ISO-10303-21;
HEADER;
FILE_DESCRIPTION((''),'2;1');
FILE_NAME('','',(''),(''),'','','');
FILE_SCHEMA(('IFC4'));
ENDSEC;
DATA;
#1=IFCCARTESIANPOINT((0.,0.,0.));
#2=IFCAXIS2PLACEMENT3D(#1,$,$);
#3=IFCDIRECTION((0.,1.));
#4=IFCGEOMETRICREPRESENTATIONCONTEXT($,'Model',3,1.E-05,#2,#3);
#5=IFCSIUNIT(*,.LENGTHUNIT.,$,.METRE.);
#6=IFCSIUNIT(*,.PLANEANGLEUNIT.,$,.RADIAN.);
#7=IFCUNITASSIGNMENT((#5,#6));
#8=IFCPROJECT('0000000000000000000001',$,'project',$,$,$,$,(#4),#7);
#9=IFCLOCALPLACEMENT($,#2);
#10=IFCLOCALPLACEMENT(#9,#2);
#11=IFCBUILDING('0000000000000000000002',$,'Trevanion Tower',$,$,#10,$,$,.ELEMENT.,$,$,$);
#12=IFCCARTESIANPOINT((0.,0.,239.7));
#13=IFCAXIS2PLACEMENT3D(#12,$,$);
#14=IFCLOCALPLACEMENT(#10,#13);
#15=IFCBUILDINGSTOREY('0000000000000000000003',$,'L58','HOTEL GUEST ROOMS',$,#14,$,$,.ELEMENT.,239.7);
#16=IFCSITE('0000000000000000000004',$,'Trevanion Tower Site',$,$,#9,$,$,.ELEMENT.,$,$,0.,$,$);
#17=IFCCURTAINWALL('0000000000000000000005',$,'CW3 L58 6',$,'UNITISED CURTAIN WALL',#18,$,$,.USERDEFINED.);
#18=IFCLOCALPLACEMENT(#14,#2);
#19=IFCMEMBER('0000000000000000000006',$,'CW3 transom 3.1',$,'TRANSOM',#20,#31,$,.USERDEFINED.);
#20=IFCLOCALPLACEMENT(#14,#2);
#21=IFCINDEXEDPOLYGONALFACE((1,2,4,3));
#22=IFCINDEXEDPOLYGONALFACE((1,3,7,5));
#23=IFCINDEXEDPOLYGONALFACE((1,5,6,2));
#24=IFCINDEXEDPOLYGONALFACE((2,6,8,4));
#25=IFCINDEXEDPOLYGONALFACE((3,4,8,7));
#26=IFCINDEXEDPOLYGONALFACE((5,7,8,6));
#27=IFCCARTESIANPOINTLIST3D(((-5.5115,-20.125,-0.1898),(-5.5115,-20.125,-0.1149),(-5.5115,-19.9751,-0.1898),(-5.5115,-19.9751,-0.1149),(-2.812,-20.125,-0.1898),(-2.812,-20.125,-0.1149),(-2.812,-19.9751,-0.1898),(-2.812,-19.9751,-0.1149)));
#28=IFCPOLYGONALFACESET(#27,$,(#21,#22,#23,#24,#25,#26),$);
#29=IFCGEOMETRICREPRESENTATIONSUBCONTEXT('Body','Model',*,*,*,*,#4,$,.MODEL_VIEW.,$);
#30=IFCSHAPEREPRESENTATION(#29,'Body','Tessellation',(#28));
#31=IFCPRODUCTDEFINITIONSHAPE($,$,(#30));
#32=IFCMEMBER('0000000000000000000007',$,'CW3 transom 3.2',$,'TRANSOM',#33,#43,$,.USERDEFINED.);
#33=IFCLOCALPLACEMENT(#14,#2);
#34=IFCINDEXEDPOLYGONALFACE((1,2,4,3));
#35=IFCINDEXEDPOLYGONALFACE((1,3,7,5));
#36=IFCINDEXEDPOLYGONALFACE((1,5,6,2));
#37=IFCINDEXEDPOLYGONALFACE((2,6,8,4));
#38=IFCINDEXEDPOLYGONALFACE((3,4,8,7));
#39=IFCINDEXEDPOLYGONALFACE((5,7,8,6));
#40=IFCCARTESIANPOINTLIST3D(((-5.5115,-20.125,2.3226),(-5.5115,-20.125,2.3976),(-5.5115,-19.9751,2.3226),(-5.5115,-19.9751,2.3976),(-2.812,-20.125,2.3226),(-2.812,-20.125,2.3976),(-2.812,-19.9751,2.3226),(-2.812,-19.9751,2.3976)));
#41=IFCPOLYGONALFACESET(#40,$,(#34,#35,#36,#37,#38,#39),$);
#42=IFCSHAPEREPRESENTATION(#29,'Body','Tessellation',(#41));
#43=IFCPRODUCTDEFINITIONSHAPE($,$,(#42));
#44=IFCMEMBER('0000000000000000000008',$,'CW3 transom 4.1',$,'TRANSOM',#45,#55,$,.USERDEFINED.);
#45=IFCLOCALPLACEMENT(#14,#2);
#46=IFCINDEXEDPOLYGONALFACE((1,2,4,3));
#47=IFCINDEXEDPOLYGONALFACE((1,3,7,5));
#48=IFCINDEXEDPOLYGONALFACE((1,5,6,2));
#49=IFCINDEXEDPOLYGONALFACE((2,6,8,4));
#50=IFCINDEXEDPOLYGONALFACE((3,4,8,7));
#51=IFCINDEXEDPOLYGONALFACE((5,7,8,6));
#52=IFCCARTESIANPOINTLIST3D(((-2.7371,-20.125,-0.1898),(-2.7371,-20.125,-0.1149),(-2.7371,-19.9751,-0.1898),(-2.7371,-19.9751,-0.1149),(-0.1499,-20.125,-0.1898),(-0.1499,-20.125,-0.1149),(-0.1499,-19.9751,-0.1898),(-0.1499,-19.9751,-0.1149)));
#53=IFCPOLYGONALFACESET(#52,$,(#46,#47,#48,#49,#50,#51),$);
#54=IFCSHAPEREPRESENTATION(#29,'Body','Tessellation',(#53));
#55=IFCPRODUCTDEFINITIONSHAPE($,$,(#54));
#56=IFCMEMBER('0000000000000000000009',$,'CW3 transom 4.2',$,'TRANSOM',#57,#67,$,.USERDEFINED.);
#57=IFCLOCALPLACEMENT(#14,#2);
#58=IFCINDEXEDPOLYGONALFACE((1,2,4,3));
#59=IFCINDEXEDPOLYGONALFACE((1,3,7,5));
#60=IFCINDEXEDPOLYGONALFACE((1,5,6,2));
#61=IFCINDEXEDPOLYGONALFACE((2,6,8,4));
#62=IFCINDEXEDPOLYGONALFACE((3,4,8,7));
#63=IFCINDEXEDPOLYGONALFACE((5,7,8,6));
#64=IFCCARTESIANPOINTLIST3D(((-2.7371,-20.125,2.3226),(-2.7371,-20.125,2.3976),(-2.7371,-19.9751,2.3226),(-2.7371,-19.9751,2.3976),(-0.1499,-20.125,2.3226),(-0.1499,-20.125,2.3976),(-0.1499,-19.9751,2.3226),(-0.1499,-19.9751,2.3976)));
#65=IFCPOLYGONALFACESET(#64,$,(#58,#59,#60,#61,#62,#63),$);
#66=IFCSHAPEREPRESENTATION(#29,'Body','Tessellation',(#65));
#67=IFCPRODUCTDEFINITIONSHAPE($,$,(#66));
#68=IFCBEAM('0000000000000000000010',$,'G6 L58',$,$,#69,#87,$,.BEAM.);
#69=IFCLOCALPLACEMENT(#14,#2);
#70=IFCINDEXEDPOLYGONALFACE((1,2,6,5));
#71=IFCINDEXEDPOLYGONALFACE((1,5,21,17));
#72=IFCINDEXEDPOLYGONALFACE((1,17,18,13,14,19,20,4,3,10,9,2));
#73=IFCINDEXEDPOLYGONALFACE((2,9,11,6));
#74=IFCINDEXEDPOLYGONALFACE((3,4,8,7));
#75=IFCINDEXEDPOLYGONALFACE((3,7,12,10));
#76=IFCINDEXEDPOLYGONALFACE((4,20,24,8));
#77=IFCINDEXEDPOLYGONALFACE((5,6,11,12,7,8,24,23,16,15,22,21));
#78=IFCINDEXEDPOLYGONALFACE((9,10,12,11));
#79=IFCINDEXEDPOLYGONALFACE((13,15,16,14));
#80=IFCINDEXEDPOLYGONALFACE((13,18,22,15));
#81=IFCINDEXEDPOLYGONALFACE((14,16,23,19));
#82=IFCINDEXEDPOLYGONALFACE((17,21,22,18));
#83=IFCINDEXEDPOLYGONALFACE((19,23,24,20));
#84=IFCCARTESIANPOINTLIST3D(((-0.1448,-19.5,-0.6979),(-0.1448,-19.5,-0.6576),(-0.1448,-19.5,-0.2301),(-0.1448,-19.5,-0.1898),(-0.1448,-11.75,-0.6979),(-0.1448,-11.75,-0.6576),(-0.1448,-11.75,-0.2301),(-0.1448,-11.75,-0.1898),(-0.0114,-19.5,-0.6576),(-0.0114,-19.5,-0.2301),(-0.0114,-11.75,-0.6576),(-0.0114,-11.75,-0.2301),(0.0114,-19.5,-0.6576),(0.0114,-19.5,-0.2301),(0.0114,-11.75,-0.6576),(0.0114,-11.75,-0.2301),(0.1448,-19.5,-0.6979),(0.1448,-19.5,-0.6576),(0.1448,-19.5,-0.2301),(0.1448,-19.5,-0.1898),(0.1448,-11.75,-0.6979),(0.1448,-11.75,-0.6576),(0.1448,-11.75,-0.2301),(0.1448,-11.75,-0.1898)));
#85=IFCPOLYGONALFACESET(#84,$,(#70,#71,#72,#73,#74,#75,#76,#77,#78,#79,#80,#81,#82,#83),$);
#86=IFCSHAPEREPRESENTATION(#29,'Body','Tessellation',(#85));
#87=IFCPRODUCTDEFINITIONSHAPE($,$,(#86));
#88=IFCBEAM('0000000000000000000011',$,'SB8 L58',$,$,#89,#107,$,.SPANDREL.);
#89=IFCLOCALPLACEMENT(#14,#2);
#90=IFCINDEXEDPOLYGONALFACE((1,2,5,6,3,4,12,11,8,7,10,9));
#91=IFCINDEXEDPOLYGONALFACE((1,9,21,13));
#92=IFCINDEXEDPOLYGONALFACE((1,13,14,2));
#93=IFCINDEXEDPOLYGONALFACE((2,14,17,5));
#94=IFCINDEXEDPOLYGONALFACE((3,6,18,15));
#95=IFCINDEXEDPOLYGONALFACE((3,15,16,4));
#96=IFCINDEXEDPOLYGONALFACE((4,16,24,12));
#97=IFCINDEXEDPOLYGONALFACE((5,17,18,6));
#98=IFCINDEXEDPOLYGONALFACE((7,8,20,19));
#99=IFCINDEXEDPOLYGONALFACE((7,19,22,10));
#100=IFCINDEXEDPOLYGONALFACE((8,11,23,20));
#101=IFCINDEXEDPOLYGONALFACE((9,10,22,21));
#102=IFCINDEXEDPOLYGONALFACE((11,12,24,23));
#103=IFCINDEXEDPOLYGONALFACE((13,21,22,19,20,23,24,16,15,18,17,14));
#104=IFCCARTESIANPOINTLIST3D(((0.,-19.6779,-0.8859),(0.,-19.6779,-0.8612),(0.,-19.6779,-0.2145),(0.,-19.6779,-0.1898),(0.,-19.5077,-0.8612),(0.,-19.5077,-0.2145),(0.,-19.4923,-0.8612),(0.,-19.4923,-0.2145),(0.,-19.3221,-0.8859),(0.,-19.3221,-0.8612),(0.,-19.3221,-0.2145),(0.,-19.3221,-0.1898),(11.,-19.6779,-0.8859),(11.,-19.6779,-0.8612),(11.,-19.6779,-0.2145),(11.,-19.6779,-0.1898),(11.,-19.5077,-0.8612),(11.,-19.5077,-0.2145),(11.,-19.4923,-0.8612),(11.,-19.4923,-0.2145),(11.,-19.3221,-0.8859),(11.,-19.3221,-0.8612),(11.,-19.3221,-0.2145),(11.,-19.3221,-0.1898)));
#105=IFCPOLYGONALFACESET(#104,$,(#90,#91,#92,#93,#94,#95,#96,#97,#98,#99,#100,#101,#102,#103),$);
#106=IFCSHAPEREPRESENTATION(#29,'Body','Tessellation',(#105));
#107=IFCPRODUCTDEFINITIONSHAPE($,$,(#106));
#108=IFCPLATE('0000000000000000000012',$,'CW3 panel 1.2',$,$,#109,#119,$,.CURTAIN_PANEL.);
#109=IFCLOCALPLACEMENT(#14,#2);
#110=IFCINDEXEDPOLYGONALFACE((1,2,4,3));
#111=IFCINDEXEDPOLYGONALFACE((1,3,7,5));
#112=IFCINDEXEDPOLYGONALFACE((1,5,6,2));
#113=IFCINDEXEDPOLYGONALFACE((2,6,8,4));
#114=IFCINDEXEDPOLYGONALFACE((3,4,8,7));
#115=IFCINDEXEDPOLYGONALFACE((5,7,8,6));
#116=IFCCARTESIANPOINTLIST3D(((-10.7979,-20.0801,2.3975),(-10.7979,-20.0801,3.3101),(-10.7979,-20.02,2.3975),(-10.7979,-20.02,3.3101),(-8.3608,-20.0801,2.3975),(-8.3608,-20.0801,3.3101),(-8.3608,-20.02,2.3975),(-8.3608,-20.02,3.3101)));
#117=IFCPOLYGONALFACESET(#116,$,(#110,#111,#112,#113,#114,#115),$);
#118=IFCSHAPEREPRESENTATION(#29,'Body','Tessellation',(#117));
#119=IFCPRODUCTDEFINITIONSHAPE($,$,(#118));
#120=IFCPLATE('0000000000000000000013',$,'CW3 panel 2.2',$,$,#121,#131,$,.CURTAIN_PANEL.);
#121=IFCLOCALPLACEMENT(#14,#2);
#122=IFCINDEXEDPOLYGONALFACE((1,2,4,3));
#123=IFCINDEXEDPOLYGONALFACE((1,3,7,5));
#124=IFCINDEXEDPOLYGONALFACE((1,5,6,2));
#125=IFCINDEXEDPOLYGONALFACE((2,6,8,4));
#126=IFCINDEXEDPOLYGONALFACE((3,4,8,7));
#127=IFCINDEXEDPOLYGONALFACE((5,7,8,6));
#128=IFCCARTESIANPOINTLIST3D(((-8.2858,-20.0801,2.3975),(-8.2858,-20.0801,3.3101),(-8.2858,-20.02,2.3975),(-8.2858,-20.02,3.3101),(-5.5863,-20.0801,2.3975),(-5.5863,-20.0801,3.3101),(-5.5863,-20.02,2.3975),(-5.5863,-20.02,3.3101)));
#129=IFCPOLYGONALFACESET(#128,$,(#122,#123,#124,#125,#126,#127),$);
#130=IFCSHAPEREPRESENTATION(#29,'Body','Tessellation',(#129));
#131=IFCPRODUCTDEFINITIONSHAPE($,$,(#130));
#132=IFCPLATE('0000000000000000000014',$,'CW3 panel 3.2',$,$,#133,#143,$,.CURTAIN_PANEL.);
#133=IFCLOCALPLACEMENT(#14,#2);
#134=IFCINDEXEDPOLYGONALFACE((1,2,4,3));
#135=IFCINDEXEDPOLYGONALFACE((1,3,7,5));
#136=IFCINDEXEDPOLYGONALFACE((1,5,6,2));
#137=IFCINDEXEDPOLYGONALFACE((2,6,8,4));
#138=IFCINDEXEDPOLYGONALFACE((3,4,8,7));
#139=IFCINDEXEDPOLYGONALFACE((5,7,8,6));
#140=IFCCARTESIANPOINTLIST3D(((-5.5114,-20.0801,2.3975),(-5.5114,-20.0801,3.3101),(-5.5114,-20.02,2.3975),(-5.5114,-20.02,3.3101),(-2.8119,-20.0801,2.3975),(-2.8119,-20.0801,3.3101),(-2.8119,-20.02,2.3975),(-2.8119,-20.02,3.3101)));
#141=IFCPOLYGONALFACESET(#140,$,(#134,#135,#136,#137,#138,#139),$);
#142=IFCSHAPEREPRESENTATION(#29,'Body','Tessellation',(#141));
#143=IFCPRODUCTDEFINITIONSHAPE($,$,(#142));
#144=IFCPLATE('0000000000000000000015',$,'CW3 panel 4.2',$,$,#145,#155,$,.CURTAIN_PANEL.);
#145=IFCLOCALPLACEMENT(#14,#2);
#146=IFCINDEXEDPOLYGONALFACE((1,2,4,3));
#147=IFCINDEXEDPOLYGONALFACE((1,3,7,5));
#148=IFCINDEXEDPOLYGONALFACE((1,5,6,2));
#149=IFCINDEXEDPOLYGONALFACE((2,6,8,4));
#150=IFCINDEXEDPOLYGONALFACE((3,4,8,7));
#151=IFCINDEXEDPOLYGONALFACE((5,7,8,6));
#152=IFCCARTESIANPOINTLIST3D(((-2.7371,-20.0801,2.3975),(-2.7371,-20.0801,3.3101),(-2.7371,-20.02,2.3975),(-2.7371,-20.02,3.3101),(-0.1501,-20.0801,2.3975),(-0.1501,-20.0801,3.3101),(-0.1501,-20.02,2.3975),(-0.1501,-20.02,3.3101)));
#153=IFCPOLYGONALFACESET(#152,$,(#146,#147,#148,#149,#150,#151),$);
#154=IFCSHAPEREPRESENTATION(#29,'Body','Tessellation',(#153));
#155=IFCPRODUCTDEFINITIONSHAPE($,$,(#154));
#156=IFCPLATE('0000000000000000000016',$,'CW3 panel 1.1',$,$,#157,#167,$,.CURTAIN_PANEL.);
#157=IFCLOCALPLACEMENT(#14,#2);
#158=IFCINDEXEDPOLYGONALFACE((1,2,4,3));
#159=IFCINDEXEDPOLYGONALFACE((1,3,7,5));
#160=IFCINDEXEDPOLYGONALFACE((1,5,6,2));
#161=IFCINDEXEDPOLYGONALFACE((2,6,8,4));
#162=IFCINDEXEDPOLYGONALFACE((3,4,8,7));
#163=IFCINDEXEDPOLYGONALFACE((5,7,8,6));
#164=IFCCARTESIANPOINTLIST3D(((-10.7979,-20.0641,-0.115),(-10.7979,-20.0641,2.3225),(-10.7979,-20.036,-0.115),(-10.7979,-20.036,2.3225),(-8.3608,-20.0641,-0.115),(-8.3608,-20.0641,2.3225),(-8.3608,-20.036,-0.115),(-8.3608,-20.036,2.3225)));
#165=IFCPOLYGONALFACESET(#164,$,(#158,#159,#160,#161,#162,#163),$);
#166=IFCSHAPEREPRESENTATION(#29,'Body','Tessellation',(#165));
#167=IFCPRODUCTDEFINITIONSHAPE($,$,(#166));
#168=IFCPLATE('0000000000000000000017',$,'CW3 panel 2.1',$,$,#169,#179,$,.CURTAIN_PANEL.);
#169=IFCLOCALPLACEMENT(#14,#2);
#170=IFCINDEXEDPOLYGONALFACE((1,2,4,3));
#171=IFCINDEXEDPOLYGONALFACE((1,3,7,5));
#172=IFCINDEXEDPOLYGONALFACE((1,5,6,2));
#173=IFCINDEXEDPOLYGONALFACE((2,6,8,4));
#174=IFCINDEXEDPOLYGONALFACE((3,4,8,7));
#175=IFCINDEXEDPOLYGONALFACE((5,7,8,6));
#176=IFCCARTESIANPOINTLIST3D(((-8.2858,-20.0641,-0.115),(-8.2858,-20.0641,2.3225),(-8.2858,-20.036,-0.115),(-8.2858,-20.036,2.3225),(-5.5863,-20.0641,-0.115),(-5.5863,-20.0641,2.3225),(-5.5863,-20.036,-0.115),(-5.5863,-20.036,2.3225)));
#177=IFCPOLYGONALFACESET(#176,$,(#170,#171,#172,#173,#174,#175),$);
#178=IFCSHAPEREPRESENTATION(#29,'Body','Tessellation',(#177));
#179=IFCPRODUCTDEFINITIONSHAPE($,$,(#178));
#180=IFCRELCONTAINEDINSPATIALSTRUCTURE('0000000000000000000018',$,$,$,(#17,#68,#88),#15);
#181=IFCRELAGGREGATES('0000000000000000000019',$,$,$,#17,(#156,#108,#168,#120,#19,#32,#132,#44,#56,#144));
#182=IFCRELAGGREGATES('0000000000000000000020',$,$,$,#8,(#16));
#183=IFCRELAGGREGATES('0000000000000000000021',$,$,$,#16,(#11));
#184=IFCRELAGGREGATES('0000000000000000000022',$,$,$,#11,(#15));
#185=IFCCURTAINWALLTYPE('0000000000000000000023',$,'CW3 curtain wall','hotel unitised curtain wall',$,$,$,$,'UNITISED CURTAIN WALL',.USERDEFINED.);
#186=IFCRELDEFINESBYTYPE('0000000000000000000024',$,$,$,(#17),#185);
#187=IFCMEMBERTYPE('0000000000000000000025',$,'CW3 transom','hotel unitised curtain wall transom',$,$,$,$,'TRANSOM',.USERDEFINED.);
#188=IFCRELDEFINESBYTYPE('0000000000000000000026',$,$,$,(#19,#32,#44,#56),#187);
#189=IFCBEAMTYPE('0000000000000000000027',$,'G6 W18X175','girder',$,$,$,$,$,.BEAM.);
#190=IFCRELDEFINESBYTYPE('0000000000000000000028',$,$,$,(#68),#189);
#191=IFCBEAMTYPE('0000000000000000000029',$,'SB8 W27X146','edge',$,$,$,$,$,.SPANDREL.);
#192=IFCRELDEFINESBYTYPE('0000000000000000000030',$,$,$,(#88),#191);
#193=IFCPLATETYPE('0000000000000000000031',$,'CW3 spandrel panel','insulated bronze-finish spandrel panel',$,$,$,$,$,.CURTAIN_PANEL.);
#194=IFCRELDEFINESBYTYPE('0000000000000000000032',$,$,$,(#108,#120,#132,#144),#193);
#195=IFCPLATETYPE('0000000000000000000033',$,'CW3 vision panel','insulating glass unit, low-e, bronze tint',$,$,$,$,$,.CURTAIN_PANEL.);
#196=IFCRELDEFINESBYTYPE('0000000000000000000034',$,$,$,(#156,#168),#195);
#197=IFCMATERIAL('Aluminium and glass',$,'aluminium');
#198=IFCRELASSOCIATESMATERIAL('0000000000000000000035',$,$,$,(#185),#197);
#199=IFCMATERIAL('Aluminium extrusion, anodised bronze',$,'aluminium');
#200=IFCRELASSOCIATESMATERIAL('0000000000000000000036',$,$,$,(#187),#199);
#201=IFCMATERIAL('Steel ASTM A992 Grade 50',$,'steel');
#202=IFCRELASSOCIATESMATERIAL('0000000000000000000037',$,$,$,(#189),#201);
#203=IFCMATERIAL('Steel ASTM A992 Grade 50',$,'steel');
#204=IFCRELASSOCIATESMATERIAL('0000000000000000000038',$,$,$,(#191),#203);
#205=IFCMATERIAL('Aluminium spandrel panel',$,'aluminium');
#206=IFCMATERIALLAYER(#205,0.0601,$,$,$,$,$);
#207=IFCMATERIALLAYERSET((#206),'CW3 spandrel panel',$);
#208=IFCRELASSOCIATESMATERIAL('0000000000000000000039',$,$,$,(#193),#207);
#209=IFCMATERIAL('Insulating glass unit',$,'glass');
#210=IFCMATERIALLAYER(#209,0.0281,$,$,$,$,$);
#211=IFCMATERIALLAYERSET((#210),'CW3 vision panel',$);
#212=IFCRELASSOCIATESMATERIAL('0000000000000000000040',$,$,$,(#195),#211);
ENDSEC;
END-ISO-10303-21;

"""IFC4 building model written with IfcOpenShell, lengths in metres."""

from ifc_helpers import new_model, si_unit, direction, frame, origin, origin_2d, place, context, subcontext, project, spatial, rectangle, i_section, extrude, material, layer, layer_set, material_profile, profile_set, type_object, element, aggregate, save


model = new_model("IFC4")

# Units and contexts
model_context = context("Model", 3, precision=1e-05, world=origin(), true_north=direction((0.0, 1.0)))
body_context = subcontext(model_context, "Body", "Model", "MODEL_VIEW")
ifc_project = project(units=[si_unit("LENGTHUNIT", "METRE"), si_unit("PLANEANGLEUNIT", "RADIAN")], contexts=[model_context])

# Site, building, storey
site_placement = place(None, origin())
site = spatial("IfcSite", under=ifc_project, at=site_placement, Name="Trevanion Tower Site", CompositionType="ELEMENT", RefElevation=0.0)
building_placement = place(site_placement, origin())
building = spatial("IfcBuilding", under=site, at=building_placement, Name="Trevanion Tower", CompositionType="ELEMENT")
storey_placement = place(building_placement, frame((0.0, 0.0, 239.7)))
storey = spatial("IfcBuildingStorey", under=building, at=storey_placement, Name="L58", Description="HOTEL GUEST ROOMS", CompositionType="ELEMENT", Elevation=239.7)

# Curtain wall, members
ifc_material_1 = material(Name="Aluminium and glass", Category="aluminium")
curtain_wall_type = type_object("IfcCurtainWallType", Name="CW3 curtain wall", Description="hotel unitised curtain wall", ElementType="UNITISED CURTAIN WALL", PredefinedType="USERDEFINED", material=ifc_material_1)
curtain_wall_placement = place(storey_placement, origin())
curtain_wall = element("IfcCurtainWall", 1, at=curtain_wall_placement, inside=storey, type_object=curtain_wall_type, Name="CW3 L58 6", ObjectType="UNITISED CURTAIN WALL", PredefinedType="USERDEFINED")
ifc_material_2 = material(Name="Aluminium extrusion, anodised bronze", Category="aluminium")
ifc_material_profile_1 = material_profile(ifc_material_2, rectangle(XDim=0.1499, YDim=0.075, at=origin_2d()), Name="CW3 transom")
ifc_profile_set_1 = profile_set([ifc_material_profile_1], Name="Aluminium extrusion, anodised bronze")
member_type_1 = type_object("IfcMemberType", Name="CW3 transom", Description="hotel unitised curtain wall transom", ElementType="TRANSOM", PredefinedType="USERDEFINED", material=ifc_profile_set_1)
member_1_placement = place(storey_placement, frame((-5.5115, -20.05, -0.1523), z_axis=(1.0, 0.0, 0.0), x_axis=(0.0, 1.0, 0.0)))
member_1 = element("IfcMember", 2, at=member_1_placement, type_object=member_type_1, Name="CW3 transom 3.1", ObjectType="TRANSOM", PredefinedType="USERDEFINED", context=body_context, shape_type="SweptSolid", body=[
    extrude(rectangle(XDim=0.1499, YDim=0.075, at=origin_2d()), origin(), (0.0, 0.0, 1.0), 2.6995),
])
member_2_placement = place(storey_placement, frame((-5.5115, -20.05, 2.3601), z_axis=(1.0, 0.0, 0.0), x_axis=(0.0, 1.0, 0.0)))
member_2 = element("IfcMember", 3, at=member_2_placement, type_object=member_type_1, Name="CW3 transom 3.2", ObjectType="TRANSOM", PredefinedType="USERDEFINED", context=body_context, shape_type="SweptSolid", body=[
    extrude(rectangle(XDim=0.1499, YDim=0.075, at=origin_2d()), origin(), (0.0, 0.0, 1.0), 2.6995),
])
member_3_placement = place(storey_placement, frame((-2.7371, -20.05, -0.1523), z_axis=(1.0, 0.0, 0.0), x_axis=(0.0, 1.0, 0.0)))
member_3 = element("IfcMember", 4, at=member_3_placement, type_object=member_type_1, Name="CW3 transom 4.1", ObjectType="TRANSOM", PredefinedType="USERDEFINED", context=body_context, shape_type="SweptSolid", body=[
    extrude(rectangle(XDim=0.1499, YDim=0.075, at=origin_2d()), origin(), (0.0, 0.0, 1.0), 2.5872),
])
member_4_placement = place(storey_placement, frame((-2.7371, -20.05, 2.3601), z_axis=(1.0, 0.0, 0.0), x_axis=(0.0, 1.0, 0.0)))
member_4 = element("IfcMember", 5, at=member_4_placement, type_object=member_type_1, Name="CW3 transom 4.2", ObjectType="TRANSOM", PredefinedType="USERDEFINED", context=body_context, shape_type="SweptSolid", body=[
    extrude(rectangle(XDim=0.1499, YDim=0.075, at=origin_2d()), origin(), (0.0, 0.0, 1.0), 2.5872),
])

# Beams
ifc_material_3 = material(Name="Steel ASTM A992 Grade 50", Category="steel")
ifc_material_profile_2 = material_profile(ifc_material_3, i_section(OverallWidth=0.2896, OverallDepth=0.5081, WebThickness=0.0227, FlangeThickness=0.0403, at=origin_2d()), Name="W18X175")
ifc_profile_set_2 = profile_set([ifc_material_profile_2], Name="Steel ASTM A992 Grade 50")
beam_type_1 = type_object("IfcBeamType", Name="G6 W18X175", Description="girder", PredefinedType="BEAM", material=ifc_profile_set_2)
beam_1_placement = place(storey_placement, frame((0.0, -11.75, -0.4438), z_axis=(0.0, -1.0, 0.0), x_axis=(1.0, 0.0, 0.0)))
element("IfcBeam", 6, at=beam_1_placement, inside=storey, type_object=beam_type_1, Name="G6 L58", PredefinedType="BEAM", context=body_context, shape_type="SweptSolid", body=[
    extrude(i_section(OverallWidth=0.2896, OverallDepth=0.5081, WebThickness=0.0227, FlangeThickness=0.0403, at=origin_2d()), origin(), (0.0, 0.0, 1.0), 7.75),
])
ifc_material_4 = material(Name="Steel ASTM A992 Grade 50", Category="steel")
ifc_material_profile_3 = material_profile(ifc_material_4, i_section(OverallWidth=0.3557, OverallDepth=0.696, WebThickness=0.0154, FlangeThickness=0.0247, at=origin_2d()), Name="W27X146")
ifc_profile_set_3 = profile_set([ifc_material_profile_3], Name="Steel ASTM A992 Grade 50")
beam_type_2 = type_object("IfcBeamType", Name="SB8 W27X146", Description="edge", PredefinedType="SPANDREL", material=ifc_profile_set_3)
beam_2_placement = place(storey_placement, frame((0.0, -19.5, -0.5378), z_axis=(1.0, 0.0, 0.0), x_axis=(0.0, 1.0, 0.0)))
element("IfcBeam", 7, at=beam_2_placement, inside=storey, type_object=beam_type_2, Name="SB8 L58", PredefinedType="SPANDREL", context=body_context, shape_type="SweptSolid", body=[
    extrude(i_section(OverallWidth=0.3557, OverallDepth=0.696, WebThickness=0.0154, FlangeThickness=0.0247, at=origin_2d()), origin(), (0.0, 0.0, 1.0), 11.0),
])

# Plates
ifc_material_5 = material(Name="Aluminium spandrel panel", Category="aluminium")
ifc_layer_1 = layer(ifc_material_5, 0.0601)
ifc_layer_set_1 = layer_set([ifc_layer_1], Name="CW3 spandrel panel")
plate_type_1 = type_object("IfcPlateType", Name="CW3 spandrel panel", Description="insulated bronze-finish spandrel panel", PredefinedType="CURTAIN_PANEL", material=ifc_layer_set_1)
plate_1_placement = place(storey_placement, frame((-9.5793, -20.05, 2.3975), z_axis=(0.0, 0.0, 1.0), x_axis=(1.0, 0.0, 0.0)))
plate_1 = element("IfcPlate", 8, at=plate_1_placement, type_object=plate_type_1, Name="CW3 panel 1.2", PredefinedType="CURTAIN_PANEL", context=body_context, shape_type="SweptSolid", body=[
    extrude(rectangle(XDim=2.437, YDim=0.0601, at=origin_2d()), origin(), (0.0, 0.0, 1.0), 0.9126),
])
plate_2_placement = place(storey_placement, frame((-6.936, -20.05, 2.3975), z_axis=(0.0, 0.0, 1.0), x_axis=(1.0, 0.0, 0.0)))
plate_2 = element("IfcPlate", 9, at=plate_2_placement, type_object=plate_type_1, Name="CW3 panel 2.2", PredefinedType="CURTAIN_PANEL", context=body_context, shape_type="SweptSolid", body=[
    extrude(rectangle(XDim=2.6995, YDim=0.0601, at=origin_2d()), origin(), (0.0, 0.0, 1.0), 0.9126),
])
plate_3_placement = place(storey_placement, frame((-4.1616, -20.05, 2.3975), z_axis=(0.0, 0.0, 1.0), x_axis=(1.0, 0.0, 0.0)))
plate_3 = element("IfcPlate", 10, at=plate_3_placement, type_object=plate_type_1, Name="CW3 panel 3.2", PredefinedType="CURTAIN_PANEL", context=body_context, shape_type="SweptSolid", body=[
    extrude(rectangle(XDim=2.6995, YDim=0.0601, at=origin_2d()), origin(), (0.0, 0.0, 1.0), 0.9126),
])
plate_4_placement = place(storey_placement, frame((-1.4436, -20.05, 2.3975), z_axis=(0.0, 0.0, 1.0), x_axis=(1.0, 0.0, 0.0)))
plate_4 = element("IfcPlate", 11, at=plate_4_placement, type_object=plate_type_1, Name="CW3 panel 4.2", PredefinedType="CURTAIN_PANEL", context=body_context, shape_type="SweptSolid", body=[
    extrude(rectangle(XDim=2.5869, YDim=0.0601, at=origin_2d()), origin(), (0.0, 0.0, 1.0), 0.9126),
])
ifc_material_6 = material(Name="Insulating glass unit", Category="glass")
ifc_layer_2 = layer(ifc_material_6, 0.0281)
ifc_layer_set_2 = layer_set([ifc_layer_2], Name="CW3 vision panel")
plate_type_2 = type_object("IfcPlateType", Name="CW3 vision panel", Description="insulating glass unit, low-e, bronze tint", PredefinedType="CURTAIN_PANEL", material=ifc_layer_set_2)
plate_5_placement = place(storey_placement, frame((-9.5793, -20.05, -0.115), z_axis=(0.0, 0.0, 1.0), x_axis=(1.0, 0.0, 0.0)))
plate_5 = element("IfcPlate", 12, at=plate_5_placement, type_object=plate_type_2, Name="CW3 panel 1.1", PredefinedType="CURTAIN_PANEL", context=body_context, shape_type="SweptSolid", body=[
    extrude(rectangle(XDim=2.437, YDim=0.0281, at=origin_2d()), origin(), (0.0, 0.0, 1.0), 2.4375),
])
plate_6_placement = place(storey_placement, frame((-6.936, -20.05, -0.115), z_axis=(0.0, 0.0, 1.0), x_axis=(1.0, 0.0, 0.0)))
plate_6 = element("IfcPlate", 13, at=plate_6_placement, type_object=plate_type_2, Name="CW3 panel 2.1", PredefinedType="CURTAIN_PANEL", context=body_context, shape_type="SweptSolid", body=[
    extrude(rectangle(XDim=2.6995, YDim=0.0281, at=origin_2d()), origin(), (0.0, 0.0, 1.0), 2.4375),
])
aggregate(curtain_wall, [plate_5, plate_1, plate_6, plate_2, member_1, member_2, plate_3, member_3, member_4, plate_4])

save(model, "model.ifc")
